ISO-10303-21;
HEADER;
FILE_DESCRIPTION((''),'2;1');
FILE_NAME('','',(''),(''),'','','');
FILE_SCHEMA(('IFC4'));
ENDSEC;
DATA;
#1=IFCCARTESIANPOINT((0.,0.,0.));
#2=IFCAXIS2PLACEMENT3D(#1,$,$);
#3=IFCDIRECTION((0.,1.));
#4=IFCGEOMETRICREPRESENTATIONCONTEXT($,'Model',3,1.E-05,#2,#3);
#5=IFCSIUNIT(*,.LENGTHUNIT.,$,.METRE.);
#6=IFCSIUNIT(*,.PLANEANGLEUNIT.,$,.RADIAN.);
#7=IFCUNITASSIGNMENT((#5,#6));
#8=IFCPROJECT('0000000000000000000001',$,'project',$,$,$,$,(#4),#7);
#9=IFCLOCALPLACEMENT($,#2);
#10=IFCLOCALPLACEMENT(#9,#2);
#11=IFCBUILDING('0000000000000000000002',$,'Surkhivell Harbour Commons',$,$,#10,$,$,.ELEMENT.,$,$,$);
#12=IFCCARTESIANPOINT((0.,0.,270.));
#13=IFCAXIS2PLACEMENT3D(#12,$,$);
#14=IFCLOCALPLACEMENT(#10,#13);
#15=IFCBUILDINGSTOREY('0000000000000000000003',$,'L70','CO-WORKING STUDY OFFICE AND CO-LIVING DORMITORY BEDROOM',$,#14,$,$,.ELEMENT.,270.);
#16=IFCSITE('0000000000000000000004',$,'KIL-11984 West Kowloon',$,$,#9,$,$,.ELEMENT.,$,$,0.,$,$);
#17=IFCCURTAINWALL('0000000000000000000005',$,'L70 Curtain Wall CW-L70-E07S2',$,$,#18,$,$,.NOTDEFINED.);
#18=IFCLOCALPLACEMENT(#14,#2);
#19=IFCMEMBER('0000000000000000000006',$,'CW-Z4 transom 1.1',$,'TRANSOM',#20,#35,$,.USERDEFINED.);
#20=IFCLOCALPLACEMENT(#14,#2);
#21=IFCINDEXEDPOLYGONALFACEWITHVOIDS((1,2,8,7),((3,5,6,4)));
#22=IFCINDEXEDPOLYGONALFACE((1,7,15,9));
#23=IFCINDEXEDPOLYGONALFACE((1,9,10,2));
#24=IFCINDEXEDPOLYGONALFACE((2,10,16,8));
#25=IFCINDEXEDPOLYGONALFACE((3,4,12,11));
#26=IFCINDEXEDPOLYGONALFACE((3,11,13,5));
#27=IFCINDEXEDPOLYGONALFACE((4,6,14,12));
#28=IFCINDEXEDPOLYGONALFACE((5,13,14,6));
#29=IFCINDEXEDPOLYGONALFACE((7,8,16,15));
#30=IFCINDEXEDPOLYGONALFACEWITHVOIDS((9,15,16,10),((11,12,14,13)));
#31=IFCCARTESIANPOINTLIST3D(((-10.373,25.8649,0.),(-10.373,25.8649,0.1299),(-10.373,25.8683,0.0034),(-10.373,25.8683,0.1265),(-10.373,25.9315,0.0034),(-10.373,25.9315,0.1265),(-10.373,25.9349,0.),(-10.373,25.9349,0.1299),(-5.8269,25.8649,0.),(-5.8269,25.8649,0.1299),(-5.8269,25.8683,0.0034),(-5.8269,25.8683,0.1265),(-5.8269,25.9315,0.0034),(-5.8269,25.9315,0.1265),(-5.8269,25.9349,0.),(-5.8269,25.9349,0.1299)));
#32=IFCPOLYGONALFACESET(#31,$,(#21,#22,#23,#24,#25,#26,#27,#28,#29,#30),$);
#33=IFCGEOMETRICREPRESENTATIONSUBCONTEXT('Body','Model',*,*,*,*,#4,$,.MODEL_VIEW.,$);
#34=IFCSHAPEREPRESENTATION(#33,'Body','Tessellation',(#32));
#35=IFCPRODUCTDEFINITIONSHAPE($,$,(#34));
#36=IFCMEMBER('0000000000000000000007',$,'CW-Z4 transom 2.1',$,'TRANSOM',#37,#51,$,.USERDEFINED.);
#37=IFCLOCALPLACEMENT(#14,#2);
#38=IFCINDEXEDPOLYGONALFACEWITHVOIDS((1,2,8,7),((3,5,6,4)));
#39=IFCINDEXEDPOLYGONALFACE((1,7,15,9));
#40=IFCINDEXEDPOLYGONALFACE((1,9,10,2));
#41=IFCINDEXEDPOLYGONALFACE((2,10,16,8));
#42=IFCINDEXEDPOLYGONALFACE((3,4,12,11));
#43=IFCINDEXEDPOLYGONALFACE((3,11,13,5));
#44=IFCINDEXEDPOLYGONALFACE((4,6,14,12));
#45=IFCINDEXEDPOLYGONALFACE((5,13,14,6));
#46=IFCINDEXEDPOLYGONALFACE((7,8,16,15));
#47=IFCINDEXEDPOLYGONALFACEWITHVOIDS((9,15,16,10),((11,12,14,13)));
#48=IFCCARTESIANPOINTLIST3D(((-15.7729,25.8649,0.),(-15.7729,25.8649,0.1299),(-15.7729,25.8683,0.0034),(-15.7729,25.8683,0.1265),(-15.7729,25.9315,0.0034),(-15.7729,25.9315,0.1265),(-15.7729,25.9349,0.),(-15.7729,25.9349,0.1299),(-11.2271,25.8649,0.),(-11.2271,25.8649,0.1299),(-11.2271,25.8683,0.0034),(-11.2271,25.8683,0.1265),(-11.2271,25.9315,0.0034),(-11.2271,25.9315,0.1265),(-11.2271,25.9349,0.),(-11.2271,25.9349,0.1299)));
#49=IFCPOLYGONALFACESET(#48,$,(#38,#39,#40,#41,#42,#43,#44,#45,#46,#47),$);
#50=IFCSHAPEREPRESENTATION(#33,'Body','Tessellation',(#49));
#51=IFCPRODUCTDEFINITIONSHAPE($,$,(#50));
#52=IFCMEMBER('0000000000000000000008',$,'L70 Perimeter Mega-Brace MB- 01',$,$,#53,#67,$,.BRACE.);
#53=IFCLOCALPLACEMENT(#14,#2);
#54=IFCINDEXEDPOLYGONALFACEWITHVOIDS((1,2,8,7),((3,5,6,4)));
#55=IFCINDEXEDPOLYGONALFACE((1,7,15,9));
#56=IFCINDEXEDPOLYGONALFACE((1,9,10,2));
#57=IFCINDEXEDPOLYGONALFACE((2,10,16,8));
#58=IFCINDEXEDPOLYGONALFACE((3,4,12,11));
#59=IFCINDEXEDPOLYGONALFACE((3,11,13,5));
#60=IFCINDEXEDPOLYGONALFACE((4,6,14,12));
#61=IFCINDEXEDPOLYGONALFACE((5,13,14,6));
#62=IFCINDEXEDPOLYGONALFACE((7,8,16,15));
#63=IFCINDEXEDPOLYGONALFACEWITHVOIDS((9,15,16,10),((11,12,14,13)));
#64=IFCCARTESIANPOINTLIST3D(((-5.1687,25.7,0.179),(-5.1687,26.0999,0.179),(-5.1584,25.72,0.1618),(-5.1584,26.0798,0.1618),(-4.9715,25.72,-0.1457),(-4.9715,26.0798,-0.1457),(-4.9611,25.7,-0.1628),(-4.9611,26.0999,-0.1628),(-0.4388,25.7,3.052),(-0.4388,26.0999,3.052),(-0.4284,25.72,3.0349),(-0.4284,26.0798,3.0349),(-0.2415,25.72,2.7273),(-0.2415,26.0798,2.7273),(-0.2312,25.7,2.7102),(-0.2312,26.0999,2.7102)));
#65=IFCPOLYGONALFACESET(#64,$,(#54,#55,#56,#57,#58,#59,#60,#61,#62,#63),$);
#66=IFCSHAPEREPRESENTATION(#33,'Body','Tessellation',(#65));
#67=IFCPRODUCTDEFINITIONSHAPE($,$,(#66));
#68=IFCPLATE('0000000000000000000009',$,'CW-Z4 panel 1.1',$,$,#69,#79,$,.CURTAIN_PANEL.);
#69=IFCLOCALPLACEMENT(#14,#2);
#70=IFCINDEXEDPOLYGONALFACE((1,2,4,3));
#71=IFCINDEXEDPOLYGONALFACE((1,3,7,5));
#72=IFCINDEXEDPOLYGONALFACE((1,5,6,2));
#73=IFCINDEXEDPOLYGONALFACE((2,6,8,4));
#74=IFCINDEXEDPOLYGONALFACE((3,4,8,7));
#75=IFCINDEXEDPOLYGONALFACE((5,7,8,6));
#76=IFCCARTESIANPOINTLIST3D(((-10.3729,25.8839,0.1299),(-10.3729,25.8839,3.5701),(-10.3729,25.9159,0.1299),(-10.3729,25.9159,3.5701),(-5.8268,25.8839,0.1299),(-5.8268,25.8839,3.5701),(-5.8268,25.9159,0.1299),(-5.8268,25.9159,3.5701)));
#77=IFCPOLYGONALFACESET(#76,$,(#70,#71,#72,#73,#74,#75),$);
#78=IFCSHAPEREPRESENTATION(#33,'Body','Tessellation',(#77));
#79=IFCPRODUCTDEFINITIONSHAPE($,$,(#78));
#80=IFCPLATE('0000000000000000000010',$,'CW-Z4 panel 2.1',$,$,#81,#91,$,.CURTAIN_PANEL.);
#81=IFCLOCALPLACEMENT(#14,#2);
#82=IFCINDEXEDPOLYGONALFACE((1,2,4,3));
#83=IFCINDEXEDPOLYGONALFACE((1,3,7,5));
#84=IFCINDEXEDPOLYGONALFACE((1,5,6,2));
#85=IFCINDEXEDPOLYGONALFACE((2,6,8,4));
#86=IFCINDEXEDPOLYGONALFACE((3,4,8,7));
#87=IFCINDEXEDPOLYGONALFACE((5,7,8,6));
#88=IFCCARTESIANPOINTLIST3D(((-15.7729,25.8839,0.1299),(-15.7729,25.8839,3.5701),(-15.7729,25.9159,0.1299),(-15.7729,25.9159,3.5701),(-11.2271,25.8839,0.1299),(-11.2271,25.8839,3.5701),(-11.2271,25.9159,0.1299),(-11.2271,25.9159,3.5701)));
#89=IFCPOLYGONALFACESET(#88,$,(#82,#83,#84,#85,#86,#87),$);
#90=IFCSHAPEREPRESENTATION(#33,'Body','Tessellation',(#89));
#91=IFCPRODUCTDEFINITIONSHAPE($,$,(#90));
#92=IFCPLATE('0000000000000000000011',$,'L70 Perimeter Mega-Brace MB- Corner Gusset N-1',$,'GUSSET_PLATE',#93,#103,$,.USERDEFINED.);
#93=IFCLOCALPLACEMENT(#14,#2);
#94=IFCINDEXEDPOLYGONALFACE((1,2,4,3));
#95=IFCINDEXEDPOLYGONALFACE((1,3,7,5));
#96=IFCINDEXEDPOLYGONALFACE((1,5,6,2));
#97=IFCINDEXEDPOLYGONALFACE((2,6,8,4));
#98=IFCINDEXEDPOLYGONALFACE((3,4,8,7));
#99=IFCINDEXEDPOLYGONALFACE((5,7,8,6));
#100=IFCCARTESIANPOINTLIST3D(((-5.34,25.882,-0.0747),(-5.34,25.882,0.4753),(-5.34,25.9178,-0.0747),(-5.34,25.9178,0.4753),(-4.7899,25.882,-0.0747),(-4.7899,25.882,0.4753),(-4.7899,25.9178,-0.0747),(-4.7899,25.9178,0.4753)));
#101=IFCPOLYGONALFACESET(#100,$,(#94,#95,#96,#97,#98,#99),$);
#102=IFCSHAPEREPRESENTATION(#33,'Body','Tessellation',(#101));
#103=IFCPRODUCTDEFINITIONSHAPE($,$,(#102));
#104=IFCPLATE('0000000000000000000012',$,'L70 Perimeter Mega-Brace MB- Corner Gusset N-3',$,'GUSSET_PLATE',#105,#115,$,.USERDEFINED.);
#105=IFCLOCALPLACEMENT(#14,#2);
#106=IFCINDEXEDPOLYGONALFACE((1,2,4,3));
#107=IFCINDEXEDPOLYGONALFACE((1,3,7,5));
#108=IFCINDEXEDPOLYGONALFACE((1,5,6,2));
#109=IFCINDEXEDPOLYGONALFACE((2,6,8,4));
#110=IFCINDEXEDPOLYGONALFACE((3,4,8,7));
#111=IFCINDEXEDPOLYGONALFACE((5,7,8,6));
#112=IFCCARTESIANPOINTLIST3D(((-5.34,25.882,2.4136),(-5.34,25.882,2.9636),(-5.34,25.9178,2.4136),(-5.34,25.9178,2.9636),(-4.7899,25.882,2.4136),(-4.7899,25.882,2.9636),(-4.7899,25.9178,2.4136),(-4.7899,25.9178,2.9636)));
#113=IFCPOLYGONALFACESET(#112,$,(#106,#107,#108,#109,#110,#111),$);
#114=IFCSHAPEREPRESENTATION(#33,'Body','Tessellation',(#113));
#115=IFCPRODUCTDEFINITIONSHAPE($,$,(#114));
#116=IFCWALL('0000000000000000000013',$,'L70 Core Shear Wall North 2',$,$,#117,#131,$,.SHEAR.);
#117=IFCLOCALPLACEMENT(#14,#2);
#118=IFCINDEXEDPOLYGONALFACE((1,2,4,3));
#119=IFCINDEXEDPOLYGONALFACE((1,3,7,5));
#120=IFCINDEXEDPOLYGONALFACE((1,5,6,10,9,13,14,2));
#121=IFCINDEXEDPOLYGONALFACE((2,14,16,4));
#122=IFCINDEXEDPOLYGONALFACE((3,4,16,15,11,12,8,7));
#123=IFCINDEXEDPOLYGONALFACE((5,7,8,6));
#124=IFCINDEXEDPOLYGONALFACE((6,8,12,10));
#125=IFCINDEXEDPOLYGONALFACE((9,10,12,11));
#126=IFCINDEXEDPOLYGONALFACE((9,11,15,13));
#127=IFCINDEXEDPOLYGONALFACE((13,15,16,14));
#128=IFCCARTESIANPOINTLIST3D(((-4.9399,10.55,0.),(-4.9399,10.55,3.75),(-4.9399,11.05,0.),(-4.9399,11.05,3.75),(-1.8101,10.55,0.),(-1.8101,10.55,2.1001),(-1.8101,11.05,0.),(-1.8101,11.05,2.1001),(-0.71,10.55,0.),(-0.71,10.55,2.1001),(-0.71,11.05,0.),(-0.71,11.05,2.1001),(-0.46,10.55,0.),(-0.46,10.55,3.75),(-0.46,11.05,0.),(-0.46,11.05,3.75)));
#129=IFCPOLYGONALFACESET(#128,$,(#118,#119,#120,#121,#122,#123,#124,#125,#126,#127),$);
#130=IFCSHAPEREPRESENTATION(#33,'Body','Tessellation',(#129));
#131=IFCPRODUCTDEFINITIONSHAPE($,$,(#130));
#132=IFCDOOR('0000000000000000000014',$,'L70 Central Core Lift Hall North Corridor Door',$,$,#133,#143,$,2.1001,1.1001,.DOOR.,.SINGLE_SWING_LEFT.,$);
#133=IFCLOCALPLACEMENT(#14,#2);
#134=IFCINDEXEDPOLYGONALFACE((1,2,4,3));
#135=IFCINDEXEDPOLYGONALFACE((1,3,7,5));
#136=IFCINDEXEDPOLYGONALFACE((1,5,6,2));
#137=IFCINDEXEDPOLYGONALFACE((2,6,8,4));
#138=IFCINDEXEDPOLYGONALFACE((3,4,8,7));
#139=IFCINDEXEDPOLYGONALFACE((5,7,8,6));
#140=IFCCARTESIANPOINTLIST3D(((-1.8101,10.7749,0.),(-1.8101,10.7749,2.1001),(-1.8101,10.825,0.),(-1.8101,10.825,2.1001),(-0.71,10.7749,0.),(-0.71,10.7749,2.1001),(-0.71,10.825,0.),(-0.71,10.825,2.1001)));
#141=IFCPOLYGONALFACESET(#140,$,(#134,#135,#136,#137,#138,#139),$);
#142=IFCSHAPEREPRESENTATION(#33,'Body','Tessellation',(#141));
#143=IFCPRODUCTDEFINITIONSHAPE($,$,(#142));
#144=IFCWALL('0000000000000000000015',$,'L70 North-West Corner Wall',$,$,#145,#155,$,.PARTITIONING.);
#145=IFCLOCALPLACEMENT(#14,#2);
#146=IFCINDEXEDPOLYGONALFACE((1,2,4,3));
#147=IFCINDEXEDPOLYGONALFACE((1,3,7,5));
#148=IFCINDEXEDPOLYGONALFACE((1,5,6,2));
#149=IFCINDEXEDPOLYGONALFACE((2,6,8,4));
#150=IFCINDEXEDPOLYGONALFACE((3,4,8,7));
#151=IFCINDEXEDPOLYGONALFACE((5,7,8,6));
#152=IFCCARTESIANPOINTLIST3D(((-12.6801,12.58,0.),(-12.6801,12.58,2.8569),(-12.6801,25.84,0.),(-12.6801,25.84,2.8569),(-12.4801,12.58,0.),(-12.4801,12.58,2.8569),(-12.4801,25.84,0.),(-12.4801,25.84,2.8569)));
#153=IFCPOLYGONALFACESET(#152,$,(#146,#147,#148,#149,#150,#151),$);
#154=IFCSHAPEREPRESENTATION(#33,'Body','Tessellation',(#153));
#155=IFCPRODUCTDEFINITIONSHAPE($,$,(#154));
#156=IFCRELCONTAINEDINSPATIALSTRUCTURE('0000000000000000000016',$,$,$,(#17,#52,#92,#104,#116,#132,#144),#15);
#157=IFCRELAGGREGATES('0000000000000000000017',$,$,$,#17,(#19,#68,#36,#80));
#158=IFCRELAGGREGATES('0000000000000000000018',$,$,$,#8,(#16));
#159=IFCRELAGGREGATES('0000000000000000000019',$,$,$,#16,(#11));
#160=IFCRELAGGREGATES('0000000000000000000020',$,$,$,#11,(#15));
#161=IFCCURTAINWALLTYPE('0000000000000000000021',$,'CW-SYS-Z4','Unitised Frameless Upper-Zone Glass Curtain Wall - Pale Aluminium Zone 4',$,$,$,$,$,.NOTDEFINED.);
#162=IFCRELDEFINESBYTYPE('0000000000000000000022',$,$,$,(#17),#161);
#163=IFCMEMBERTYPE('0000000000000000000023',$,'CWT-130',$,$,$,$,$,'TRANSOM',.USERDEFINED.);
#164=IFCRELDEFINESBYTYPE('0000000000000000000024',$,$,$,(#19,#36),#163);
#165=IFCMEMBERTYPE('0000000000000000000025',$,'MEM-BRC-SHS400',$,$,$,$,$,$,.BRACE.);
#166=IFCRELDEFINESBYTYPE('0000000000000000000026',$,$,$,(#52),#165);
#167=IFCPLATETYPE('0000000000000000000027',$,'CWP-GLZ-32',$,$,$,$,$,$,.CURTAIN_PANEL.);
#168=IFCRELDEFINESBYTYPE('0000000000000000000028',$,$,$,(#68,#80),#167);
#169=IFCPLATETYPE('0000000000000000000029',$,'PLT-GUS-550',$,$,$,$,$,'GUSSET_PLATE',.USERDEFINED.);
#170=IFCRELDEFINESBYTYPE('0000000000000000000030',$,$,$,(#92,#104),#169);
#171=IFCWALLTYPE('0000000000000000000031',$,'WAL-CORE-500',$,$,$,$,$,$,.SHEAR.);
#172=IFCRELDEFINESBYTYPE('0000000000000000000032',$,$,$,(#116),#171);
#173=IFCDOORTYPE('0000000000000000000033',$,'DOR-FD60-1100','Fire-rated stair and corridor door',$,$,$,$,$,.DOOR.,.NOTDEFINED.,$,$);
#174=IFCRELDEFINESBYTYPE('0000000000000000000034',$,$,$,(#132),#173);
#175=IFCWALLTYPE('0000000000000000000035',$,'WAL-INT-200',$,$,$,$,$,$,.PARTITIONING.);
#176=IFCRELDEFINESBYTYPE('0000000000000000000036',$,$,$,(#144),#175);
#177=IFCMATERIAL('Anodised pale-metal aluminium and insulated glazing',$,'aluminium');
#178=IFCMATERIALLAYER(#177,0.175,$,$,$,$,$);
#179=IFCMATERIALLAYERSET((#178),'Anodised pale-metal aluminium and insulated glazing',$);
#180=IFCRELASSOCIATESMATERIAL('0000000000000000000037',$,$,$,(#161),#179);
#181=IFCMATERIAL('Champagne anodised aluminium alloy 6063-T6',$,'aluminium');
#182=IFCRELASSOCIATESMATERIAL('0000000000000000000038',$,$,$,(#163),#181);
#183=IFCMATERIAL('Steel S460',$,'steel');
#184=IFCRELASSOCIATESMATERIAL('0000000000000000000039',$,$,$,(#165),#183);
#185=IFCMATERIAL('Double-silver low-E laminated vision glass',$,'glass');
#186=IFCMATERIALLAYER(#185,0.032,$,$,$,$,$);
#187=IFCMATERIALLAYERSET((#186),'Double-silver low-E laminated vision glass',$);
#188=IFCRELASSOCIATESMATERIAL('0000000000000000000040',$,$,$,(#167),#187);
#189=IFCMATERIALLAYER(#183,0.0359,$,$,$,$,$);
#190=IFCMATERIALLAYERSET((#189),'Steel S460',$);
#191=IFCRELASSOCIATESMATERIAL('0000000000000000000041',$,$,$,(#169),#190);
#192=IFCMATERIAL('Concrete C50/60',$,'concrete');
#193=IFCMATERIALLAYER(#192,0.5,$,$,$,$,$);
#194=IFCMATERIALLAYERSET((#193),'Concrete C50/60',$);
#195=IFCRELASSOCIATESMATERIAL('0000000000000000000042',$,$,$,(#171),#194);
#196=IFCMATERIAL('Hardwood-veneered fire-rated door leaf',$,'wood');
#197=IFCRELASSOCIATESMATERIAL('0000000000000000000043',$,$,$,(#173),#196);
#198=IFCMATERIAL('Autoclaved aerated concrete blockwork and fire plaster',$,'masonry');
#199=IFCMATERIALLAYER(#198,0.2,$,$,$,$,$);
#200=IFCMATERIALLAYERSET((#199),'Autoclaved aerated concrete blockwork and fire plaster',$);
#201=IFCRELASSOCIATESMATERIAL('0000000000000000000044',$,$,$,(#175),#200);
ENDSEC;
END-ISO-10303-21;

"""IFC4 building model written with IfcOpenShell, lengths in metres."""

from ifc_helpers import new_model, si_unit, direction, frame, frame_2d, origin, origin_2d, place, context, subcontext, project, spatial, rectangle, hollow_rectangle, extrude, material, layer, layer_set, material_profile, profile_set, type_object, element, fill, aggregate, save


model = new_model("IFC4")

# Units and contexts
model_context = context("Model", 3, precision=1e-05, world=origin(), true_north=direction((0.0, 1.0)))
body_context = subcontext(model_context, "Body", "Model", "MODEL_VIEW")
ifc_project = project(units=[si_unit("LENGTHUNIT", "METRE"), si_unit("PLANEANGLEUNIT", "RADIAN")], contexts=[model_context])

# Site, building, storey
site_placement = place(None, origin())
site = spatial("IfcSite", under=ifc_project, at=site_placement, Name="KIL-11984 West Kowloon", CompositionType="ELEMENT", RefElevation=0.0)
building_placement = place(site_placement, origin())
building = spatial("IfcBuilding", under=site, at=building_placement, Name="Surkhivell Harbour Commons", CompositionType="ELEMENT")
storey_placement = place(building_placement, frame((0.0, 0.0, 270.0)))
storey = spatial("IfcBuildingStorey", under=building, at=storey_placement, Name="L70", Description="CO-WORKING STUDY OFFICE AND CO-LIVING DORMITORY BEDROOM", CompositionType="ELEMENT", Elevation=270.0)

# Shared definitions
ifc_material_1 = material(Name="Concrete C50/60", Category="concrete")

# Curtain wall, members
ifc_material_2 = material(Name="Anodised pale-metal aluminium and insulated glazing", Category="aluminium")
ifc_layer_1 = layer(ifc_material_2, 0.175)
ifc_layer_set_1 = layer_set([ifc_layer_1], Name="Anodised pale-metal aluminium and insulated glazing")
curtain_wall_type = type_object("IfcCurtainWallType", Name="CW-SYS-Z4", Description="Unitised Frameless Upper-Zone Glass Curtain Wall - Pale Aluminium Zone 4", PredefinedType="NOTDEFINED", material=ifc_layer_set_1)
curtain_wall_placement = place(storey_placement, origin())
curtain_wall = element("IfcCurtainWall", 1, at=curtain_wall_placement, inside=storey, type_object=curtain_wall_type, Name="L70 Curtain Wall CW-L70-E07S2", PredefinedType="NOTDEFINED")
ifc_material_3 = material(Name="Champagne anodised aluminium alloy 6063-T6", Category="aluminium")
ifc_material_profile_1 = material_profile(ifc_material_3, hollow_rectangle(XDim=0.0701, YDim=0.1299, WallThickness=0.0034, at=origin_2d()), Name="ALU-TRAN-70x130")
ifc_profile_set_1 = profile_set([ifc_material_profile_1], Name="Champagne anodised aluminium alloy 6063-T6")
member_type_1 = type_object("IfcMemberType", Name="CWT-130", ElementType="TRANSOM", PredefinedType="USERDEFINED", material=ifc_profile_set_1)
member_1_placement = place(storey_placement, frame((-5.8269, 25.8999, 0.0649), z_axis=(-1.0, 0.0, 0.0), x_axis=(0.0, -1.0, 0.0)))
member_1 = element("IfcMember", 2, at=member_1_placement, type_object=member_type_1, Name="CW-Z4 transom 1.1", ObjectType="TRANSOM", PredefinedType="USERDEFINED", context=body_context, shape_type="SweptSolid", body=[
    extrude(hollow_rectangle(XDim=0.0701, YDim=0.1299, WallThickness=0.0034, at=origin_2d()), origin(), (0.0, 0.0, 1.0), 4.5461),
])
member_2_placement = place(storey_placement, frame((-11.2271, 25.8999, 0.0649), z_axis=(-1.0, 0.0, 0.0), x_axis=(0.0, -1.0, 0.0)))
member_2 = element("IfcMember", 3, at=member_2_placement, type_object=member_type_1, Name="CW-Z4 transom 2.1", ObjectType="TRANSOM", PredefinedType="USERDEFINED", context=body_context, shape_type="SweptSolid", body=[
    extrude(hollow_rectangle(XDim=0.0701, YDim=0.1299, WallThickness=0.0034, at=origin_2d()), origin(), (0.0, 0.0, 1.0), 4.5459),
])

# Member
ifc_material_4 = material(Name="Steel S460", Category="steel")
ifc_material_profile_2 = material_profile(ifc_material_4, hollow_rectangle(XDim=0.3999, YDim=0.3999, WallThickness=0.02, at=origin_2d()), Name="SHS400x400x20")
ifc_profile_set_2 = profile_set([ifc_material_profile_2], Name="Steel S460")
member_type_2 = type_object("IfcMemberType", Name="MEM-BRC-SHS400", PredefinedType="BRACE", material=ifc_profile_set_2)
member_3_placement = place(storey_placement, frame((-5.0649, 25.8999, 0.0081), z_axis=(0.854685, 0.0, 0.519146), x_axis=(0.0, 1.0, 0.0)))
element("IfcMember", 4, at=member_3_placement, inside=storey, type_object=member_type_2, Name="L70 Perimeter Mega-Brace MB- 01", PredefinedType="BRACE", context=body_context, shape_type="SweptSolid", body=[
    extrude(hollow_rectangle(XDim=0.3999, YDim=0.3999, WallThickness=0.02, at=origin_2d()), origin(), (0.0, 0.0, 1.0), 5.5342),
])

# Plates
ifc_material_5 = material(Name="Double-silver low-E laminated vision glass", Category="glass")
ifc_layer_2 = layer(ifc_material_5, 0.032)
ifc_layer_set_2 = layer_set([ifc_layer_2], Name="Double-silver low-E laminated vision glass")
plate_type_1 = type_object("IfcPlateType", Name="CWP-GLZ-32", PredefinedType="CURTAIN_PANEL", material=ifc_layer_set_2)
plate_1_placement = place(storey_placement, frame((-5.8269, 25.8999, 0.1299), z_axis=(0.0, 0.0, 1.0), x_axis=(-1.0, 0.0, 0.0)))
plate_1 = element("IfcPlate", 5, at=plate_1_placement, type_object=plate_type_1, Name="CW-Z4 panel 1.1", PredefinedType="CURTAIN_PANEL", context=body_context, shape_type="SweptSolid", body=[
    extrude(rectangle(XDim=4.5461, YDim=0.032, at=frame_2d((2.2729, 0.0))), origin(), (0.0, 0.0, 1.0), 3.4402),
])
plate_2_placement = place(storey_placement, frame((-11.2271, 25.8999, 0.1299), z_axis=(0.0, 0.0, 1.0), x_axis=(-1.0, 0.0, 0.0)))
plate_2 = element("IfcPlate", 6, at=plate_2_placement, type_object=plate_type_1, Name="CW-Z4 panel 2.1", PredefinedType="CURTAIN_PANEL", context=body_context, shape_type="SweptSolid", body=[
    extrude(rectangle(XDim=4.5459, YDim=0.032, at=frame_2d((2.2729, 0.0))), origin(), (0.0, 0.0, 1.0), 3.4402),
])
aggregate(curtain_wall, [member_1, plate_1, member_2, plate_2])

# Plates
ifc_layer_3 = layer(ifc_material_4, 0.0359)
ifc_layer_set_3 = layer_set([ifc_layer_3], Name="Steel S460")
plate_type_2 = type_object("IfcPlateType", Name="PLT-GUS-550", ElementType="GUSSET_PLATE", PredefinedType="USERDEFINED", material=ifc_layer_set_3)
for number, where, z_axis, x_axis, name in (
    (7, (-5.0649, 25.8999, -0.0747), (0.0, 0.0, 1.0), (1.0, 0.0, 0.0), "L70 Perimeter Mega-Brace MB- Corner Gusset N-1"),
    (8, (-5.0649, 25.8999, 2.4136), (0.0, 0.0, 1.0), (1.0, 0.0, 0.0), "L70 Perimeter Mega-Brace MB- Corner Gusset N-3"),
):
    element("IfcPlate", number, at=place(storey_placement, frame(where, z_axis=z_axis, x_axis=x_axis)), inside=storey, type_object=plate_type_2, Name=name, ObjectType="GUSSET_PLATE", PredefinedType="USERDEFINED", context=body_context, shape_type="SweptSolid", body=[
        extrude(rectangle(XDim=0.55, YDim=0.0359, at=origin_2d()), origin(), (0.0, 0.0, 1.0), 0.55),
    ])

# Wall, opening, door
ifc_layer_4 = layer(ifc_material_1, 0.5)
ifc_layer_set_4 = layer_set([ifc_layer_4], Name="Concrete C50/60")
wall_type_1 = type_object("IfcWallType", Name="WAL-CORE-500", PredefinedType="SHEAR", material=ifc_layer_set_4)
wall_1_placement = place(storey_placement, frame((-4.9399, 10.8, 0.0), z_axis=(0.0, 0.0, 1.0), x_axis=(1.0, 0.0, 0.0)))
wall_1 = element("IfcWall", 9, at=wall_1_placement, inside=storey, type_object=wall_type_1, Name="L70 Core Shear Wall North 2", PredefinedType="SHEAR", context=body_context, shape_type="SweptSolid", body=[
    extrude(rectangle(XDim=4.48, YDim=0.5, at=frame_2d((2.24, 0.0))), origin(), (0.0, 0.0, 1.0), 3.75),
])
opening_1_placement = place(wall_1_placement, frame((3.1299, 0.0, 0.0)))
opening_1 = element("IfcOpeningElement", 10, at=opening_1_placement, cuts=wall_1, PredefinedType="OPENING", context=body_context, shape_type="SweptSolid", body=[
    extrude(rectangle(XDim=1.1001, YDim=2.1001, at=frame_2d((0.55, 1.05))), frame((0.0, 0.26, 0.0), z_axis=(0.0, -1.0, 0.0), x_axis=(1.0, 0.0, 0.0)), (0.0, 0.0, 1.0), 0.52),
])
ifc_material_6 = material(Name="Hardwood-veneered fire-rated door leaf", Category="wood")
door_type_1 = type_object("IfcDoorType", Name="DOR-FD60-1100", Description="Fire-rated stair and corridor door", OperationType="NOTDEFINED", PredefinedType="DOOR", material=ifc_material_6)
door_1_placement = place(opening_1_placement, origin())
door_1 = element("IfcDoor", 11, at=door_1_placement, inside=storey, type_object=door_type_1, Name="L70 Central Core Lift Hall North Corridor Door", OperationType="SINGLE_SWING_LEFT", OverallHeight=2.1001, OverallWidth=1.1001, PredefinedType="DOOR", context=body_context, shape_type="SweptSolid", body=[
    extrude(rectangle(XDim=1.1001, YDim=2.1001, at=frame_2d((0.55, 1.05))), frame((0.0, 0.0249, 0.0), z_axis=(0.0, -1.0, 0.0), x_axis=(1.0, 0.0, 0.0)), (0.0, 0.0, 1.0), 0.05),
])
fill(opening_1, door_1)

# Wall
ifc_material_7 = material(Name="Autoclaved aerated concrete blockwork and fire plaster", Category="masonry")
ifc_layer_5 = layer(ifc_material_7, 0.2)
ifc_layer_set_5 = layer_set([ifc_layer_5], Name="Autoclaved aerated concrete blockwork and fire plaster")
wall_type_2 = type_object("IfcWallType", Name="WAL-INT-200", PredefinedType="PARTITIONING", material=ifc_layer_set_5)
wall_2_placement = place(storey_placement, frame((-12.5801, 12.5801, 0.0), z_axis=(0.0, 0.0, 1.0), x_axis=(0.0, 1.0, 0.0)))
element("IfcWall", 12, at=wall_2_placement, inside=storey, type_object=wall_type_2, Name="L70 North-West Corner Wall", PredefinedType="PARTITIONING", context=body_context, shape_type="SweptSolid", body=[
    extrude(rectangle(XDim=13.26, YDim=0.2, at=frame_2d((6.6299, 0.0))), origin(), (0.0, 0.0, 1.0), 2.8569),
])

save(model, "model.ifc")
